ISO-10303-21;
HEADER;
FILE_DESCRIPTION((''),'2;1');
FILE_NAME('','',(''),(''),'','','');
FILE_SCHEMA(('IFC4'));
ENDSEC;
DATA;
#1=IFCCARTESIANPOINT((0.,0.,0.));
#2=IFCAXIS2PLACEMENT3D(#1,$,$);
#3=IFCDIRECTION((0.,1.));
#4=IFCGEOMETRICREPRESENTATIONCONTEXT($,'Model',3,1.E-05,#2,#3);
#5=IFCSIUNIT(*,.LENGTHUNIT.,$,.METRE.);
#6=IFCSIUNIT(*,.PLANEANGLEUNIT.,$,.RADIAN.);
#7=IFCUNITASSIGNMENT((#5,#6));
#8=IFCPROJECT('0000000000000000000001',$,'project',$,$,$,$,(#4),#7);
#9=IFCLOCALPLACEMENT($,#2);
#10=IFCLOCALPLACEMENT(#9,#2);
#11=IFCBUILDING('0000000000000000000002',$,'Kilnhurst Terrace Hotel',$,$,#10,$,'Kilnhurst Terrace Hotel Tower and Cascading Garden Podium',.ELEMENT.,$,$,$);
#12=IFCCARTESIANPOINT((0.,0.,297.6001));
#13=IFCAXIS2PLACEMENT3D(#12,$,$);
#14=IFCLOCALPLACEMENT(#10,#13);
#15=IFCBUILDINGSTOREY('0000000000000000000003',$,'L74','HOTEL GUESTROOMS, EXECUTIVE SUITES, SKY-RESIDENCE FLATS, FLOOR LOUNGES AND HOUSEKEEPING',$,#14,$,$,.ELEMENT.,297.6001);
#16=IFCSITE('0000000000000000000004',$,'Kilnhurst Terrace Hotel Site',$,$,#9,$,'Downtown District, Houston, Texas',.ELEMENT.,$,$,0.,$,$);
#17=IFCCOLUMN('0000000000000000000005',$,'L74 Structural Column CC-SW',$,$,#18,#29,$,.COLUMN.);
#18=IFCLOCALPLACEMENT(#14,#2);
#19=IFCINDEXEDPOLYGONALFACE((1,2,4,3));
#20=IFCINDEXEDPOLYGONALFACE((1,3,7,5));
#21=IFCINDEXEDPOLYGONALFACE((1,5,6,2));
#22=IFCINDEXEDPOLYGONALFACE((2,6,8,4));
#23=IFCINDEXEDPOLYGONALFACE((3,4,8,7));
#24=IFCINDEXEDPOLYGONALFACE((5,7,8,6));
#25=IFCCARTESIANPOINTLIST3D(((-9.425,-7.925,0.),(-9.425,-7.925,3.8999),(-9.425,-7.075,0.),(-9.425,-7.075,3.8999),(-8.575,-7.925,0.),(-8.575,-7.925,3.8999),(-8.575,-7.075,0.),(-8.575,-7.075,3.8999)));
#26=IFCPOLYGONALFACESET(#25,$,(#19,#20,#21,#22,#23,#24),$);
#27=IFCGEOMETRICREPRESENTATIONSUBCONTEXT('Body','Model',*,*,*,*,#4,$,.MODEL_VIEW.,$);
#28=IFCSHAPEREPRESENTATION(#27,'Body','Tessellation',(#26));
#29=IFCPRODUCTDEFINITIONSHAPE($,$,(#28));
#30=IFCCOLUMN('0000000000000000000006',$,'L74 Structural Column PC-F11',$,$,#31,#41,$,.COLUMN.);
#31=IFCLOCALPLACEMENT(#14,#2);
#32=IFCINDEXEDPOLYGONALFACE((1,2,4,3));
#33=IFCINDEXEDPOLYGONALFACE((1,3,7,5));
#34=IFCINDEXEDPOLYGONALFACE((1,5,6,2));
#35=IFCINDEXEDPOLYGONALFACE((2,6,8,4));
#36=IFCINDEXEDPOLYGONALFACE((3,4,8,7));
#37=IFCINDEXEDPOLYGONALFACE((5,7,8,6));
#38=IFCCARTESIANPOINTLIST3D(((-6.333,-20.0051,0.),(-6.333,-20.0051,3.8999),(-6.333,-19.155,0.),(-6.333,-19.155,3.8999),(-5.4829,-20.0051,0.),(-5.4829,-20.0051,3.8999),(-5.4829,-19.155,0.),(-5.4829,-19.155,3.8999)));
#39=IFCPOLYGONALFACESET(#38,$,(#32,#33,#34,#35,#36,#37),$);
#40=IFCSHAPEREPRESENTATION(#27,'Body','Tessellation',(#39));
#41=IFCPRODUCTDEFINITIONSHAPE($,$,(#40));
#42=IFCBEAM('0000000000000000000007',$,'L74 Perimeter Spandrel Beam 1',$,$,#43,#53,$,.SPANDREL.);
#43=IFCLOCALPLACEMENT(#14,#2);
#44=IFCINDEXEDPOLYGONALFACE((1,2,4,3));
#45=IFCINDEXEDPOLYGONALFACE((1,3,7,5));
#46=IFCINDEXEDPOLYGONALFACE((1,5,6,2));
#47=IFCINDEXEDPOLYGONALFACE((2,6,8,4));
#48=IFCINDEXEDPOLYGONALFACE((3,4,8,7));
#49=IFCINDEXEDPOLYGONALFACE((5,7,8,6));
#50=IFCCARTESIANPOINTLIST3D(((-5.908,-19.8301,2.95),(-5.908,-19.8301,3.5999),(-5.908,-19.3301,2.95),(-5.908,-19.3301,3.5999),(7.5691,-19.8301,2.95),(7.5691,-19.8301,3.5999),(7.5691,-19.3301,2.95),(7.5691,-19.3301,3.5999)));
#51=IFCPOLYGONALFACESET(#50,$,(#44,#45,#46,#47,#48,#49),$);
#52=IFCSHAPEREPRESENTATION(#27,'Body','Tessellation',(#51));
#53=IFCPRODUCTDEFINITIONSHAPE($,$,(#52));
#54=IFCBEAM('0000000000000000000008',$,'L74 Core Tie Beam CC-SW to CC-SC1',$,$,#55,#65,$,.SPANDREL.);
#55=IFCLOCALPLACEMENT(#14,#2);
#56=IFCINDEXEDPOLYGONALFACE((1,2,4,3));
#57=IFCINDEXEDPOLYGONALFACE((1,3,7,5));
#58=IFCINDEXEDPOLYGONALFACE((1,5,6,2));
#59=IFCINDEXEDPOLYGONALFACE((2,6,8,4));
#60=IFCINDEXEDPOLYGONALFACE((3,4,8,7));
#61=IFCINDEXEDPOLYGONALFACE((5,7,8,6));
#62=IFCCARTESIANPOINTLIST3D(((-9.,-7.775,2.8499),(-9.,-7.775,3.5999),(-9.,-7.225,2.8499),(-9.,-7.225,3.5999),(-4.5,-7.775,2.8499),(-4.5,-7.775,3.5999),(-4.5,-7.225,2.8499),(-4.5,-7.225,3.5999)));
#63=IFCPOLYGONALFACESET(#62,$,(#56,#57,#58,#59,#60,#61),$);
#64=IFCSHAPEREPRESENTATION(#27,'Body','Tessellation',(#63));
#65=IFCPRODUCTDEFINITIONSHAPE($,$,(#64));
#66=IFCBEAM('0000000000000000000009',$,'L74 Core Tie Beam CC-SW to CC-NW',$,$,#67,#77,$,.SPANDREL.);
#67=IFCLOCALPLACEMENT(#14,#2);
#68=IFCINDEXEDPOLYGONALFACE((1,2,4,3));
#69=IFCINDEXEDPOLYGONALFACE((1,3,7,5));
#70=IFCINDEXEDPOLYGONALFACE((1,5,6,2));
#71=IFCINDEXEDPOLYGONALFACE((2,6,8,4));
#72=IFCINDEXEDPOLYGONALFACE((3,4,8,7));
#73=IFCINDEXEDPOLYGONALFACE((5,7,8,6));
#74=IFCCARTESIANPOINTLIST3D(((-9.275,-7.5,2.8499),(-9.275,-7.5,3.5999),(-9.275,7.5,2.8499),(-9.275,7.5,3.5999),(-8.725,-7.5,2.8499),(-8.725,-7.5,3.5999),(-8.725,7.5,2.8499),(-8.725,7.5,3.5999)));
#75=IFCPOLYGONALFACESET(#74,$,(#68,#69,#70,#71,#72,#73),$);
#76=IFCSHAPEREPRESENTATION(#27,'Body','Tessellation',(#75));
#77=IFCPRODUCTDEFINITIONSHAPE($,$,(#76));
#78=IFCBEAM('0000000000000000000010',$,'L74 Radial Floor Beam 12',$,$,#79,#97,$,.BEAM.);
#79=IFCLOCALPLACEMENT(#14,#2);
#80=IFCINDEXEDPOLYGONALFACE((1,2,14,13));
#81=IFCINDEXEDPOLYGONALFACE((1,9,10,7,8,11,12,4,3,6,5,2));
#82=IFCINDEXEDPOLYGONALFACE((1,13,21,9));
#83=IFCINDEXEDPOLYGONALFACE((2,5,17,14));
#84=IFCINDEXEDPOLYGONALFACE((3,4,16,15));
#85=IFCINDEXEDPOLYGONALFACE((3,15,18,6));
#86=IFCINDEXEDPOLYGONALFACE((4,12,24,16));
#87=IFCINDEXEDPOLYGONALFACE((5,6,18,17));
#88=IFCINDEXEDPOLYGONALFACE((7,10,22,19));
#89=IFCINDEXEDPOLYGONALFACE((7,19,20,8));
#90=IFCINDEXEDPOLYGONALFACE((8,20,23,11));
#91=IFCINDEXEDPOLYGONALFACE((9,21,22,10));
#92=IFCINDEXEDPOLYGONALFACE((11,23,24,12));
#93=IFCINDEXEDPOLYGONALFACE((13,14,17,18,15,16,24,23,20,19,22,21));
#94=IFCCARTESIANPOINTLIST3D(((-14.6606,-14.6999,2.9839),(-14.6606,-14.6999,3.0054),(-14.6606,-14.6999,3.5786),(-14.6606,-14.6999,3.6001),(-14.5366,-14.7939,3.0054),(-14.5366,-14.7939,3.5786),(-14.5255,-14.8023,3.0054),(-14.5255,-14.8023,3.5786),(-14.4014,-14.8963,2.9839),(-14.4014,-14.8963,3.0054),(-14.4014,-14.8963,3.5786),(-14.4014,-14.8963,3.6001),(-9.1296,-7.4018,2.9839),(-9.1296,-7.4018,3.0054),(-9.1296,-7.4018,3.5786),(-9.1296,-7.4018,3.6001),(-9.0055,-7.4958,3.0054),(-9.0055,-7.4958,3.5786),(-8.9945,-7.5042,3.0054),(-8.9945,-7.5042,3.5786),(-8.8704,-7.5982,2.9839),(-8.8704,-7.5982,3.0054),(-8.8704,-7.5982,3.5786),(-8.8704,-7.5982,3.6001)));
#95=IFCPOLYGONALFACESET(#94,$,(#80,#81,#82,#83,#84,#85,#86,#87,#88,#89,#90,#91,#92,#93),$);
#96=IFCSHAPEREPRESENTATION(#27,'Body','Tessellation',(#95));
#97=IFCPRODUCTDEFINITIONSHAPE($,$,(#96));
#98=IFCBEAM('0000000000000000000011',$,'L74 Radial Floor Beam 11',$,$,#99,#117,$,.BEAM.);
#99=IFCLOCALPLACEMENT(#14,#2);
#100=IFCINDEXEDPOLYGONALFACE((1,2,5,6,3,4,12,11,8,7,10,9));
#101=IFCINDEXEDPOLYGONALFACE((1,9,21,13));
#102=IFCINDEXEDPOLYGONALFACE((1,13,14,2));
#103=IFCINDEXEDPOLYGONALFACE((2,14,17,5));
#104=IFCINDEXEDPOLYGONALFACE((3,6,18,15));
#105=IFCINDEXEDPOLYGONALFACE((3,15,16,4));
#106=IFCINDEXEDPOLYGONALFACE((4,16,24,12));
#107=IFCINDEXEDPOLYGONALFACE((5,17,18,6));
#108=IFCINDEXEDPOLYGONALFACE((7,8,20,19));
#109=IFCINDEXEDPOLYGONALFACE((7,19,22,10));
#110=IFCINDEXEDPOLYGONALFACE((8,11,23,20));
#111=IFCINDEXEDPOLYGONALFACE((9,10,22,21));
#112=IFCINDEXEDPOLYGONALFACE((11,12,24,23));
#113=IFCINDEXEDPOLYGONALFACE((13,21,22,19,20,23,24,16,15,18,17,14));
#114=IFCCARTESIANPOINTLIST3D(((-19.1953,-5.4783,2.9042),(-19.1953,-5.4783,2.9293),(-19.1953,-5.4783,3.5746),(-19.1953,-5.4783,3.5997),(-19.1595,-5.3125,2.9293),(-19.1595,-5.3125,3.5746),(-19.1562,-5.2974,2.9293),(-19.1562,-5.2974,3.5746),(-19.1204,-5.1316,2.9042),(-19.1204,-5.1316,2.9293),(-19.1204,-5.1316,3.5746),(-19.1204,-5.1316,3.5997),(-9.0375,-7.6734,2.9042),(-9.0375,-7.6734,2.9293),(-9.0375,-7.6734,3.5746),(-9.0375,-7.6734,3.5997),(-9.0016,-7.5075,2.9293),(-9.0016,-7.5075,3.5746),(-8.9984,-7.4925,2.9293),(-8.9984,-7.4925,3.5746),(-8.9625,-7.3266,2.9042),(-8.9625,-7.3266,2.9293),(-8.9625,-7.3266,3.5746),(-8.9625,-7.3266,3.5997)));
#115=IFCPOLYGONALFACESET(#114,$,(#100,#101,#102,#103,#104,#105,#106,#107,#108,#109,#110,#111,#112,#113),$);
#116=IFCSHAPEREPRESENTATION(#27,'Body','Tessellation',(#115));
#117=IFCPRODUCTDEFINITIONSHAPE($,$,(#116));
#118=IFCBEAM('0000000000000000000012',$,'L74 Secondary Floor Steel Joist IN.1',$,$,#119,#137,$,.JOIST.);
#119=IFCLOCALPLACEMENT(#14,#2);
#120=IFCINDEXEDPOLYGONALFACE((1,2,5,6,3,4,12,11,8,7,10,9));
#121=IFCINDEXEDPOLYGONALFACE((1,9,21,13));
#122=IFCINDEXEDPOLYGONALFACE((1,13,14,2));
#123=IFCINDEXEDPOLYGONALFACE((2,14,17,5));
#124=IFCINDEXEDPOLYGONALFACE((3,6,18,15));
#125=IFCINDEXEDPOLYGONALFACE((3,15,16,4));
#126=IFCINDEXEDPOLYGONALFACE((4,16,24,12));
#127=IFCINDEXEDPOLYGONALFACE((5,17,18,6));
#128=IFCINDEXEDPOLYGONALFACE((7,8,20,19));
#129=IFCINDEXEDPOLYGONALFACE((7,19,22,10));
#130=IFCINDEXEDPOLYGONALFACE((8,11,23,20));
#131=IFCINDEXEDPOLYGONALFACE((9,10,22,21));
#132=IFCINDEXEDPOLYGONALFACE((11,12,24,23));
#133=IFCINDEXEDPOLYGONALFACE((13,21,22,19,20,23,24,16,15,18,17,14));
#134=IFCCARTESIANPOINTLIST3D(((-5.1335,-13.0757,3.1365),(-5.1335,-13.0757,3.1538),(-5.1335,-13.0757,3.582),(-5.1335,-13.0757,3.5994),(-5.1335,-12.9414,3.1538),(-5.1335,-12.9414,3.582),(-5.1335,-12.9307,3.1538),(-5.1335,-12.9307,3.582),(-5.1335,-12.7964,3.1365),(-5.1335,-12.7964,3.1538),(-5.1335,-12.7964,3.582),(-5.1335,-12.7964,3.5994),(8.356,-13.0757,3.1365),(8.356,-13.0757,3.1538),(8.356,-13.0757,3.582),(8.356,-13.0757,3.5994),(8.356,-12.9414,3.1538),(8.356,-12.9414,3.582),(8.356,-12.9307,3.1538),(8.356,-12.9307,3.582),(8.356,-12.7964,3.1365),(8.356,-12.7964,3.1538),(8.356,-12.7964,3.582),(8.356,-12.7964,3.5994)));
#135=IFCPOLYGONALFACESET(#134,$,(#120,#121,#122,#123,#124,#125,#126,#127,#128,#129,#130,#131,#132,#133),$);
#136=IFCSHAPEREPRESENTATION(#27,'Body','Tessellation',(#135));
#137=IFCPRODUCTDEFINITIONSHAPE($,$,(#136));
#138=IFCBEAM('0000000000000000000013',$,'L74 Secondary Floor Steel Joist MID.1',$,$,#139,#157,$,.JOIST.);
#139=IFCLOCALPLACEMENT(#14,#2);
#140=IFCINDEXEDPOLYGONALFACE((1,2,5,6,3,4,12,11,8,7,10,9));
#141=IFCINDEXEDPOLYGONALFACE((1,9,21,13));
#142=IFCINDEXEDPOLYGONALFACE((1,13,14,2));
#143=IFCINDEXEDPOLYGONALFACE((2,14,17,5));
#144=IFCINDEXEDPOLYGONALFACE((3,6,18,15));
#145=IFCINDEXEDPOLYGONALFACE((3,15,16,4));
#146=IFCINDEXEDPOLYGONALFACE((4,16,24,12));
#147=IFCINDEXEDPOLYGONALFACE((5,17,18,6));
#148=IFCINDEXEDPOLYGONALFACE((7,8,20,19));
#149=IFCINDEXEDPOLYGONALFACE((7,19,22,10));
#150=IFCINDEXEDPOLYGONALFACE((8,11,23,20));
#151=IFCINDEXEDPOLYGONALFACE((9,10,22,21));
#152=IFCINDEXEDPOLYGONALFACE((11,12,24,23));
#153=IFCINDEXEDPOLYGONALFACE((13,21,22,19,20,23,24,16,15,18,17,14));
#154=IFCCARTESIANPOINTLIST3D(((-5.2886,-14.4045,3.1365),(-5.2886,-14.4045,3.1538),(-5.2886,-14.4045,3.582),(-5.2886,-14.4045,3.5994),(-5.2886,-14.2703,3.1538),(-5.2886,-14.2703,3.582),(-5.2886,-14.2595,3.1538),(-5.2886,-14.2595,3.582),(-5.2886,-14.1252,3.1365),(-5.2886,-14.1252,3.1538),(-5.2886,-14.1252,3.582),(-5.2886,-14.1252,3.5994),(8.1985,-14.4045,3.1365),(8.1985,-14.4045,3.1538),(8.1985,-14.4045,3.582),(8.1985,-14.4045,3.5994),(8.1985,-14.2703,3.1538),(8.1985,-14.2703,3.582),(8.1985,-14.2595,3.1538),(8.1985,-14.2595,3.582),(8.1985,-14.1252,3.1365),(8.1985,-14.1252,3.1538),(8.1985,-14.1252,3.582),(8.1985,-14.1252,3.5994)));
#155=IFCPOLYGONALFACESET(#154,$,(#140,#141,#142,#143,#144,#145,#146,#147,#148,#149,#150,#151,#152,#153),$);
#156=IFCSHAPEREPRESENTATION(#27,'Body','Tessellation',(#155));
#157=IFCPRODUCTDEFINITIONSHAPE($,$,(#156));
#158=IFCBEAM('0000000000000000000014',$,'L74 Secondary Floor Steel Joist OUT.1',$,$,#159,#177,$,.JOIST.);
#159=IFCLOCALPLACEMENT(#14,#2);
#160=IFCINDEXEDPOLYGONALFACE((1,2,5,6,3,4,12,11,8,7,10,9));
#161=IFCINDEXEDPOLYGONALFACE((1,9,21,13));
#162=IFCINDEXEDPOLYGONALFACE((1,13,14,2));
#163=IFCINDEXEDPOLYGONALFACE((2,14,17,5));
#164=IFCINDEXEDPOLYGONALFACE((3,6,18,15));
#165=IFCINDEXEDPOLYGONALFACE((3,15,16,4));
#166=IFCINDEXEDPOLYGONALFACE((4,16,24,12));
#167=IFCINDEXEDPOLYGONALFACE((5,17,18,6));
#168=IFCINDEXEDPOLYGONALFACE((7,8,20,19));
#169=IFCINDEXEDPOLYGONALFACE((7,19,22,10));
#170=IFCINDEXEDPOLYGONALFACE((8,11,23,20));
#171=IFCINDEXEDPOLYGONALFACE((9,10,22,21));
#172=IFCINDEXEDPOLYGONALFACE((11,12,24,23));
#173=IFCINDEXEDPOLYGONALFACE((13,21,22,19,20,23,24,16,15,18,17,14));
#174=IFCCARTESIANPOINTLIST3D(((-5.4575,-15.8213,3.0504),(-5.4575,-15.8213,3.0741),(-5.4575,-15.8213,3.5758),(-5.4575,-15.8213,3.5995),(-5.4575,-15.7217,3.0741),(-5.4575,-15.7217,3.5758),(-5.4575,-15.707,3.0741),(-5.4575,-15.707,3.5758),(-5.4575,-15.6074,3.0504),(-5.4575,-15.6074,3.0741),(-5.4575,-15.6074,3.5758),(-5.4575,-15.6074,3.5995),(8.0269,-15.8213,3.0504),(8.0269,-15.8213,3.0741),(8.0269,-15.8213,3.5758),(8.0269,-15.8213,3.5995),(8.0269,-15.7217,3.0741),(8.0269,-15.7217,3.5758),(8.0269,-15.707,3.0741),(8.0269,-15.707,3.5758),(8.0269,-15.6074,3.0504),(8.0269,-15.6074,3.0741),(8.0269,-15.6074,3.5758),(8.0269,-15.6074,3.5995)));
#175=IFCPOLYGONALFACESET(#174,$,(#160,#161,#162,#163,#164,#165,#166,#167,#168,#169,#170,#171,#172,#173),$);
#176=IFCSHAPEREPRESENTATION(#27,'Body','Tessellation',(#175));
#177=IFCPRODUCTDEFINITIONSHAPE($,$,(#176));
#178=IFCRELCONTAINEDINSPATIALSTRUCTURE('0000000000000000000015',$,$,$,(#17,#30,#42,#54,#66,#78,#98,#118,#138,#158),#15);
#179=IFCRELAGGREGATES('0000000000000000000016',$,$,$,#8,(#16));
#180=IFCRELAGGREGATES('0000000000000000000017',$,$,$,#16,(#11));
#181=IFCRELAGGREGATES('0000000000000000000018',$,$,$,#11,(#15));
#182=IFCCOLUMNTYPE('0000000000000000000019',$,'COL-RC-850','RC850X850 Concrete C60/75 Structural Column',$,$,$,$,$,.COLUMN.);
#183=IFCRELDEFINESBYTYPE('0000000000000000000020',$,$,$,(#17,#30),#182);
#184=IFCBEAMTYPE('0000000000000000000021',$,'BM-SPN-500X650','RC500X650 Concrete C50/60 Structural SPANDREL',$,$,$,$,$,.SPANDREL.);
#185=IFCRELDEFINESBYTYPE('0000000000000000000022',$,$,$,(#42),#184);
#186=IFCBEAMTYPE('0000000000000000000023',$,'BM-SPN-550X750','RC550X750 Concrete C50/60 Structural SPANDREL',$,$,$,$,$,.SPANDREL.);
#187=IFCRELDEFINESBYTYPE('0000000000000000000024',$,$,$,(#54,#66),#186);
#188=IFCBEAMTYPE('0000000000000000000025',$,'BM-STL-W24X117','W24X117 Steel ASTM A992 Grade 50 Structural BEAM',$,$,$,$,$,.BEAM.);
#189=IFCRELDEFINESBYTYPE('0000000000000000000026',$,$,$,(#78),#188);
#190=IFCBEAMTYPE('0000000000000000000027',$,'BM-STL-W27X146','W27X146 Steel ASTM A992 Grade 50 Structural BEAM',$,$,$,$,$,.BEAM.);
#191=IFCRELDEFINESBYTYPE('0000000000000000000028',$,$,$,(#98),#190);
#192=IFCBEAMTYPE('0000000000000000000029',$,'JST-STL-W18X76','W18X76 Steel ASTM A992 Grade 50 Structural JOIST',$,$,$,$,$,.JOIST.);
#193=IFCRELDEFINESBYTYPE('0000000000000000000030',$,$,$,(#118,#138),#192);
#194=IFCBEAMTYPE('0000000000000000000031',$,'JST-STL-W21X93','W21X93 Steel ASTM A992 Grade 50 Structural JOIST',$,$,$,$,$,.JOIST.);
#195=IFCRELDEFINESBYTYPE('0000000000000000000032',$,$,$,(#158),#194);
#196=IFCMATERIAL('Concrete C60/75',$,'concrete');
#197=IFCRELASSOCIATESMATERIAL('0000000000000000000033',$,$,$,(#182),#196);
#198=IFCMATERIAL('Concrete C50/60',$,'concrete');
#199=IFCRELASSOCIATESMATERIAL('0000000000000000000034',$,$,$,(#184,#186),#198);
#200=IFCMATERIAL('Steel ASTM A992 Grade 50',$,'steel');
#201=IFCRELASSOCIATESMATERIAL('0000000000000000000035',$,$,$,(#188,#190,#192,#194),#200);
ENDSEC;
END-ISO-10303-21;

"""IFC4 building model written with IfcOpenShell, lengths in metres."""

from ifc_helpers import new_model, si_unit, direction, frame, origin, origin_2d, place, context, subcontext, project, spatial, rectangle, i_section, extrude, material, material_profile, profile_set, type_object, element, save


model = new_model("IFC4")

# Units and contexts
model_context = context("Model", 3, precision=1e-05, world=origin(), true_north=direction((0.0, 1.0)))
body_context = subcontext(model_context, "Body", "Model", "MODEL_VIEW")
ifc_project = project(units=[si_unit("LENGTHUNIT", "METRE"), si_unit("PLANEANGLEUNIT", "RADIAN")], contexts=[model_context])

# Site, building, storey
site_placement = place(None, origin())
site = spatial("IfcSite", under=ifc_project, at=site_placement, Name="Kilnhurst Terrace Hotel Site", LongName="Downtown District, Houston, Texas", CompositionType="ELEMENT", RefElevation=0.0)
building_placement = place(site_placement, origin())
building = spatial("IfcBuilding", under=site, at=building_placement, Name="Kilnhurst Terrace Hotel", LongName="Kilnhurst Terrace Hotel Tower and Cascading Garden Podium", CompositionType="ELEMENT")
storey_placement = place(building_placement, frame((0.0, 0.0, 297.6001)))
storey = spatial("IfcBuildingStorey", under=building, at=storey_placement, Name="L74", Description="HOTEL GUESTROOMS, EXECUTIVE SUITES, SKY-RESIDENCE FLATS, FLOOR LOUNGES AND HOUSEKEEPING", CompositionType="ELEMENT", Elevation=297.6001)

# Columns
ifc_material_1 = material(Name="Concrete C60/75", Category="concrete")
ifc_material_profile_1 = material_profile(ifc_material_1, rectangle(XDim=0.8501, YDim=0.8501, at=origin_2d()), Name="RC850X850")
ifc_profile_set_1 = profile_set([ifc_material_profile_1], Name="Concrete C60/75")
column_type = type_object("IfcColumnType", Name="COL-RC-850", Description="RC850X850 Concrete C60/75 Structural Column", PredefinedType="COLUMN", material=ifc_profile_set_1)
for number, where, z_axis, x_axis, name in (
    (1, (-9.0, -7.5, 0.0), (0.0, 0.0, 1.0), (1.0, 0.0, 0.0), "L74 Structural Column CC-SW"),
    (2, (-5.908, -19.5801, 0.0), (0.0, 0.0, 1.0), (1.0, 0.0, 0.0), "L74 Structural Column PC-F11"),
):
    element("IfcColumn", number, at=place(storey_placement, frame(where, z_axis=z_axis, x_axis=x_axis)), inside=storey, type_object=column_type, Name=name, PredefinedType="COLUMN", context=body_context, shape_type="SweptSolid", body=[
        extrude(rectangle(XDim=0.8501, YDim=0.8501, at=origin_2d()), origin(), (0.0, 0.0, 1.0), 3.8999),
    ])

# Beams
ifc_material_2 = material(Name="Concrete C50/60", Category="concrete")
ifc_material_profile_2 = material_profile(ifc_material_2, rectangle(XDim=0.5, YDim=0.6499, at=origin_2d()), Name="RC500X650")
ifc_profile_set_2 = profile_set([ifc_material_profile_2], Name="Concrete C50/60")
beam_type_1 = type_object("IfcBeamType", Name="BM-SPN-500X650", Description="RC500X650 Concrete C50/60 Structural SPANDREL", PredefinedType="SPANDREL", material=ifc_profile_set_2)
beam_1_placement = place(storey_placement, frame((-5.908, -19.5801, 3.2749), z_axis=(1.0, 0.0, 0.0), x_axis=(0.0, 1.0, 0.0)))
element("IfcBeam", 3, at=beam_1_placement, inside=storey, type_object=beam_type_1, Name="L74 Perimeter Spandrel Beam 1", PredefinedType="SPANDREL", context=body_context, shape_type="SweptSolid", body=[
    extrude(rectangle(XDim=0.5, YDim=0.6499, at=origin_2d()), origin(), (0.0, 0.0, 1.0), 13.4771),
])
ifc_material_profile_3 = material_profile(ifc_material_2, rectangle(XDim=0.55, YDim=0.75, at=origin_2d()), Name="RC550X750")
ifc_profile_set_3 = profile_set([ifc_material_profile_3], Name="Concrete C50/60")
beam_type_2 = type_object("IfcBeamType", Name="BM-SPN-550X750", Description="RC550X750 Concrete C50/60 Structural SPANDREL", PredefinedType="SPANDREL", material=ifc_profile_set_3)
beam_2_placement = place(storey_placement, frame((-9.0, -7.5, 3.2249), z_axis=(1.0, 0.0, 0.0), x_axis=(0.0, 1.0, 0.0)))
element("IfcBeam", 4, at=beam_2_placement, inside=storey, type_object=beam_type_2, Name="L74 Core Tie Beam CC-SW to CC-SC1", PredefinedType="SPANDREL", context=body_context, shape_type="SweptSolid", body=[
    extrude(rectangle(XDim=0.55, YDim=0.75, at=origin_2d()), origin(), (0.0, 0.0, 1.0), 4.5),
])
beam_3_placement = place(storey_placement, frame((-9.0, -7.5, 3.2249), z_axis=(0.0, 1.0, 0.0), x_axis=(-1.0, 0.0, 0.0)))
element("IfcBeam", 5, at=beam_3_placement, inside=storey, type_object=beam_type_2, Name="L74 Core Tie Beam CC-SW to CC-NW", PredefinedType="SPANDREL", context=body_context, shape_type="SweptSolid", body=[
    extrude(rectangle(XDim=0.55, YDim=0.75, at=origin_2d()), origin(), (0.0, 0.0, 1.0), 15.0),
])
ifc_material_3 = material(Name="Steel ASTM A992 Grade 50", Category="steel")
ifc_material_profile_4 = material_profile(ifc_material_3, i_section(OverallWidth=0.3252, OverallDepth=0.6162, WebThickness=0.0139, FlangeThickness=0.0215, at=origin_2d()), Name="W24X117")
ifc_profile_set_4 = profile_set([ifc_material_profile_4], Name="Steel ASTM A992 Grade 50")
beam_type_3 = type_object("IfcBeamType", Name="BM-STL-W24X117", Description="W24X117 Steel ASTM A992 Grade 50 Structural BEAM", PredefinedType="BEAM", material=ifc_profile_set_4)
beam_4_placement = place(storey_placement, frame((-9.0, -7.5, 3.292), z_axis=(-0.604007, -0.796979, 0.0), x_axis=(0.796979, -0.604007, 0.0)))
element("IfcBeam", 6, at=beam_4_placement, inside=storey, type_object=beam_type_3, Name="L74 Radial Floor Beam 12", PredefinedType="BEAM", context=body_context, shape_type="SweptSolid", body=[
    extrude(i_section(OverallWidth=0.3252, OverallDepth=0.6162, WebThickness=0.0139, FlangeThickness=0.0215, at=origin_2d()), origin(), (0.0, 0.0, 1.0), 9.1572),
])
ifc_material_profile_5 = material_profile(ifc_material_3, i_section(OverallWidth=0.3547, OverallDepth=0.6956, WebThickness=0.0154, FlangeThickness=0.0251, at=origin_2d()), Name="W27X146")
ifc_profile_set_5 = profile_set([ifc_material_profile_5], Name="Steel ASTM A992 Grade 50")
beam_type_4 = type_object("IfcBeamType", Name="BM-STL-W27X146", Description="W27X146 Steel ASTM A992 Grade 50 Structural BEAM", PredefinedType="BEAM", material=ifc_profile_set_5)
beam_5_placement = place(storey_placement, frame((-9.0, -7.5, 3.252), z_axis=(-0.977439, 0.211218, 0.0), x_axis=(-0.211218, -0.977439, 0.0)))
element("IfcBeam", 7, at=beam_5_placement, inside=storey, type_object=beam_type_4, Name="L74 Radial Floor Beam 11", PredefinedType="BEAM", context=body_context, shape_type="SweptSolid", body=[
    extrude(i_section(OverallWidth=0.3547, OverallDepth=0.6956, WebThickness=0.0154, FlangeThickness=0.0251, at=origin_2d()), origin(), (0.0, 0.0, 1.0), 10.3923),
])
ifc_material_profile_6 = material_profile(ifc_material_3, i_section(OverallWidth=0.2793, OverallDepth=0.4629, WebThickness=0.0107, FlangeThickness=0.0173, at=origin_2d()), Name="W18X76")
ifc_profile_set_6 = profile_set([ifc_material_profile_6], Name="Steel ASTM A992 Grade 50")
beam_type_5 = type_object("IfcBeamType", Name="JST-STL-W18X76", Description="W18X76 Steel ASTM A992 Grade 50 Structural JOIST", PredefinedType="JOIST", material=ifc_profile_set_6)
beam_6_placement = place(storey_placement, frame((-5.1335, -12.936, 3.3679), z_axis=(1.0, 0.0, 0.0), x_axis=(0.0, 1.0, 0.0)))
element("IfcBeam", 8, at=beam_6_placement, inside=storey, type_object=beam_type_5, Name="L74 Secondary Floor Steel Joist IN.1", PredefinedType="JOIST", context=body_context, shape_type="SweptSolid", body=[
    extrude(i_section(OverallWidth=0.2793, OverallDepth=0.4629, WebThickness=0.0107, FlangeThickness=0.0173, at=origin_2d()), origin(), (0.0, 0.0, 1.0), 13.4895),
])
beam_7_placement = place(storey_placement, frame((-5.2886, -14.2649, 3.3679), z_axis=(1.0, 0.0, 0.0), x_axis=(0.0, 1.0, 0.0)))
element("IfcBeam", 9, at=beam_7_placement, inside=storey, type_object=beam_type_5, Name="L74 Secondary Floor Steel Joist MID.1", PredefinedType="JOIST", context=body_context, shape_type="SweptSolid", body=[
    extrude(i_section(OverallWidth=0.2793, OverallDepth=0.4629, WebThickness=0.0107, FlangeThickness=0.0173, at=origin_2d()), origin(), (0.0, 0.0, 1.0), 13.4871),
])
ifc_material_profile_7 = material_profile(ifc_material_3, i_section(OverallWidth=0.2139, OverallDepth=0.5491, WebThickness=0.0146, FlangeThickness=0.0237, at=origin_2d()), Name="W21X93")
ifc_profile_set_7 = profile_set([ifc_material_profile_7], Name="Steel ASTM A992 Grade 50")
beam_type_6 = type_object("IfcBeamType", Name="JST-STL-W21X93", Description="W21X93 Steel ASTM A992 Grade 50 Structural JOIST", PredefinedType="JOIST", material=ifc_profile_set_7)
beam_8_placement = place(storey_placement, frame((-5.4575, -15.7144, 3.325), z_axis=(1.0, 0.0, 0.0), x_axis=(0.0, 1.0, 0.0)))
element("IfcBeam", 10, at=beam_8_placement, inside=storey, type_object=beam_type_6, Name="L74 Secondary Floor Steel Joist OUT.1", PredefinedType="JOIST", context=body_context, shape_type="SweptSolid", body=[
    extrude(i_section(OverallWidth=0.2139, OverallDepth=0.5491, WebThickness=0.0146, FlangeThickness=0.0237, at=origin_2d()), origin(), (0.0, 0.0, 1.0), 13.4844),
])

save(model, "model.ifc")
